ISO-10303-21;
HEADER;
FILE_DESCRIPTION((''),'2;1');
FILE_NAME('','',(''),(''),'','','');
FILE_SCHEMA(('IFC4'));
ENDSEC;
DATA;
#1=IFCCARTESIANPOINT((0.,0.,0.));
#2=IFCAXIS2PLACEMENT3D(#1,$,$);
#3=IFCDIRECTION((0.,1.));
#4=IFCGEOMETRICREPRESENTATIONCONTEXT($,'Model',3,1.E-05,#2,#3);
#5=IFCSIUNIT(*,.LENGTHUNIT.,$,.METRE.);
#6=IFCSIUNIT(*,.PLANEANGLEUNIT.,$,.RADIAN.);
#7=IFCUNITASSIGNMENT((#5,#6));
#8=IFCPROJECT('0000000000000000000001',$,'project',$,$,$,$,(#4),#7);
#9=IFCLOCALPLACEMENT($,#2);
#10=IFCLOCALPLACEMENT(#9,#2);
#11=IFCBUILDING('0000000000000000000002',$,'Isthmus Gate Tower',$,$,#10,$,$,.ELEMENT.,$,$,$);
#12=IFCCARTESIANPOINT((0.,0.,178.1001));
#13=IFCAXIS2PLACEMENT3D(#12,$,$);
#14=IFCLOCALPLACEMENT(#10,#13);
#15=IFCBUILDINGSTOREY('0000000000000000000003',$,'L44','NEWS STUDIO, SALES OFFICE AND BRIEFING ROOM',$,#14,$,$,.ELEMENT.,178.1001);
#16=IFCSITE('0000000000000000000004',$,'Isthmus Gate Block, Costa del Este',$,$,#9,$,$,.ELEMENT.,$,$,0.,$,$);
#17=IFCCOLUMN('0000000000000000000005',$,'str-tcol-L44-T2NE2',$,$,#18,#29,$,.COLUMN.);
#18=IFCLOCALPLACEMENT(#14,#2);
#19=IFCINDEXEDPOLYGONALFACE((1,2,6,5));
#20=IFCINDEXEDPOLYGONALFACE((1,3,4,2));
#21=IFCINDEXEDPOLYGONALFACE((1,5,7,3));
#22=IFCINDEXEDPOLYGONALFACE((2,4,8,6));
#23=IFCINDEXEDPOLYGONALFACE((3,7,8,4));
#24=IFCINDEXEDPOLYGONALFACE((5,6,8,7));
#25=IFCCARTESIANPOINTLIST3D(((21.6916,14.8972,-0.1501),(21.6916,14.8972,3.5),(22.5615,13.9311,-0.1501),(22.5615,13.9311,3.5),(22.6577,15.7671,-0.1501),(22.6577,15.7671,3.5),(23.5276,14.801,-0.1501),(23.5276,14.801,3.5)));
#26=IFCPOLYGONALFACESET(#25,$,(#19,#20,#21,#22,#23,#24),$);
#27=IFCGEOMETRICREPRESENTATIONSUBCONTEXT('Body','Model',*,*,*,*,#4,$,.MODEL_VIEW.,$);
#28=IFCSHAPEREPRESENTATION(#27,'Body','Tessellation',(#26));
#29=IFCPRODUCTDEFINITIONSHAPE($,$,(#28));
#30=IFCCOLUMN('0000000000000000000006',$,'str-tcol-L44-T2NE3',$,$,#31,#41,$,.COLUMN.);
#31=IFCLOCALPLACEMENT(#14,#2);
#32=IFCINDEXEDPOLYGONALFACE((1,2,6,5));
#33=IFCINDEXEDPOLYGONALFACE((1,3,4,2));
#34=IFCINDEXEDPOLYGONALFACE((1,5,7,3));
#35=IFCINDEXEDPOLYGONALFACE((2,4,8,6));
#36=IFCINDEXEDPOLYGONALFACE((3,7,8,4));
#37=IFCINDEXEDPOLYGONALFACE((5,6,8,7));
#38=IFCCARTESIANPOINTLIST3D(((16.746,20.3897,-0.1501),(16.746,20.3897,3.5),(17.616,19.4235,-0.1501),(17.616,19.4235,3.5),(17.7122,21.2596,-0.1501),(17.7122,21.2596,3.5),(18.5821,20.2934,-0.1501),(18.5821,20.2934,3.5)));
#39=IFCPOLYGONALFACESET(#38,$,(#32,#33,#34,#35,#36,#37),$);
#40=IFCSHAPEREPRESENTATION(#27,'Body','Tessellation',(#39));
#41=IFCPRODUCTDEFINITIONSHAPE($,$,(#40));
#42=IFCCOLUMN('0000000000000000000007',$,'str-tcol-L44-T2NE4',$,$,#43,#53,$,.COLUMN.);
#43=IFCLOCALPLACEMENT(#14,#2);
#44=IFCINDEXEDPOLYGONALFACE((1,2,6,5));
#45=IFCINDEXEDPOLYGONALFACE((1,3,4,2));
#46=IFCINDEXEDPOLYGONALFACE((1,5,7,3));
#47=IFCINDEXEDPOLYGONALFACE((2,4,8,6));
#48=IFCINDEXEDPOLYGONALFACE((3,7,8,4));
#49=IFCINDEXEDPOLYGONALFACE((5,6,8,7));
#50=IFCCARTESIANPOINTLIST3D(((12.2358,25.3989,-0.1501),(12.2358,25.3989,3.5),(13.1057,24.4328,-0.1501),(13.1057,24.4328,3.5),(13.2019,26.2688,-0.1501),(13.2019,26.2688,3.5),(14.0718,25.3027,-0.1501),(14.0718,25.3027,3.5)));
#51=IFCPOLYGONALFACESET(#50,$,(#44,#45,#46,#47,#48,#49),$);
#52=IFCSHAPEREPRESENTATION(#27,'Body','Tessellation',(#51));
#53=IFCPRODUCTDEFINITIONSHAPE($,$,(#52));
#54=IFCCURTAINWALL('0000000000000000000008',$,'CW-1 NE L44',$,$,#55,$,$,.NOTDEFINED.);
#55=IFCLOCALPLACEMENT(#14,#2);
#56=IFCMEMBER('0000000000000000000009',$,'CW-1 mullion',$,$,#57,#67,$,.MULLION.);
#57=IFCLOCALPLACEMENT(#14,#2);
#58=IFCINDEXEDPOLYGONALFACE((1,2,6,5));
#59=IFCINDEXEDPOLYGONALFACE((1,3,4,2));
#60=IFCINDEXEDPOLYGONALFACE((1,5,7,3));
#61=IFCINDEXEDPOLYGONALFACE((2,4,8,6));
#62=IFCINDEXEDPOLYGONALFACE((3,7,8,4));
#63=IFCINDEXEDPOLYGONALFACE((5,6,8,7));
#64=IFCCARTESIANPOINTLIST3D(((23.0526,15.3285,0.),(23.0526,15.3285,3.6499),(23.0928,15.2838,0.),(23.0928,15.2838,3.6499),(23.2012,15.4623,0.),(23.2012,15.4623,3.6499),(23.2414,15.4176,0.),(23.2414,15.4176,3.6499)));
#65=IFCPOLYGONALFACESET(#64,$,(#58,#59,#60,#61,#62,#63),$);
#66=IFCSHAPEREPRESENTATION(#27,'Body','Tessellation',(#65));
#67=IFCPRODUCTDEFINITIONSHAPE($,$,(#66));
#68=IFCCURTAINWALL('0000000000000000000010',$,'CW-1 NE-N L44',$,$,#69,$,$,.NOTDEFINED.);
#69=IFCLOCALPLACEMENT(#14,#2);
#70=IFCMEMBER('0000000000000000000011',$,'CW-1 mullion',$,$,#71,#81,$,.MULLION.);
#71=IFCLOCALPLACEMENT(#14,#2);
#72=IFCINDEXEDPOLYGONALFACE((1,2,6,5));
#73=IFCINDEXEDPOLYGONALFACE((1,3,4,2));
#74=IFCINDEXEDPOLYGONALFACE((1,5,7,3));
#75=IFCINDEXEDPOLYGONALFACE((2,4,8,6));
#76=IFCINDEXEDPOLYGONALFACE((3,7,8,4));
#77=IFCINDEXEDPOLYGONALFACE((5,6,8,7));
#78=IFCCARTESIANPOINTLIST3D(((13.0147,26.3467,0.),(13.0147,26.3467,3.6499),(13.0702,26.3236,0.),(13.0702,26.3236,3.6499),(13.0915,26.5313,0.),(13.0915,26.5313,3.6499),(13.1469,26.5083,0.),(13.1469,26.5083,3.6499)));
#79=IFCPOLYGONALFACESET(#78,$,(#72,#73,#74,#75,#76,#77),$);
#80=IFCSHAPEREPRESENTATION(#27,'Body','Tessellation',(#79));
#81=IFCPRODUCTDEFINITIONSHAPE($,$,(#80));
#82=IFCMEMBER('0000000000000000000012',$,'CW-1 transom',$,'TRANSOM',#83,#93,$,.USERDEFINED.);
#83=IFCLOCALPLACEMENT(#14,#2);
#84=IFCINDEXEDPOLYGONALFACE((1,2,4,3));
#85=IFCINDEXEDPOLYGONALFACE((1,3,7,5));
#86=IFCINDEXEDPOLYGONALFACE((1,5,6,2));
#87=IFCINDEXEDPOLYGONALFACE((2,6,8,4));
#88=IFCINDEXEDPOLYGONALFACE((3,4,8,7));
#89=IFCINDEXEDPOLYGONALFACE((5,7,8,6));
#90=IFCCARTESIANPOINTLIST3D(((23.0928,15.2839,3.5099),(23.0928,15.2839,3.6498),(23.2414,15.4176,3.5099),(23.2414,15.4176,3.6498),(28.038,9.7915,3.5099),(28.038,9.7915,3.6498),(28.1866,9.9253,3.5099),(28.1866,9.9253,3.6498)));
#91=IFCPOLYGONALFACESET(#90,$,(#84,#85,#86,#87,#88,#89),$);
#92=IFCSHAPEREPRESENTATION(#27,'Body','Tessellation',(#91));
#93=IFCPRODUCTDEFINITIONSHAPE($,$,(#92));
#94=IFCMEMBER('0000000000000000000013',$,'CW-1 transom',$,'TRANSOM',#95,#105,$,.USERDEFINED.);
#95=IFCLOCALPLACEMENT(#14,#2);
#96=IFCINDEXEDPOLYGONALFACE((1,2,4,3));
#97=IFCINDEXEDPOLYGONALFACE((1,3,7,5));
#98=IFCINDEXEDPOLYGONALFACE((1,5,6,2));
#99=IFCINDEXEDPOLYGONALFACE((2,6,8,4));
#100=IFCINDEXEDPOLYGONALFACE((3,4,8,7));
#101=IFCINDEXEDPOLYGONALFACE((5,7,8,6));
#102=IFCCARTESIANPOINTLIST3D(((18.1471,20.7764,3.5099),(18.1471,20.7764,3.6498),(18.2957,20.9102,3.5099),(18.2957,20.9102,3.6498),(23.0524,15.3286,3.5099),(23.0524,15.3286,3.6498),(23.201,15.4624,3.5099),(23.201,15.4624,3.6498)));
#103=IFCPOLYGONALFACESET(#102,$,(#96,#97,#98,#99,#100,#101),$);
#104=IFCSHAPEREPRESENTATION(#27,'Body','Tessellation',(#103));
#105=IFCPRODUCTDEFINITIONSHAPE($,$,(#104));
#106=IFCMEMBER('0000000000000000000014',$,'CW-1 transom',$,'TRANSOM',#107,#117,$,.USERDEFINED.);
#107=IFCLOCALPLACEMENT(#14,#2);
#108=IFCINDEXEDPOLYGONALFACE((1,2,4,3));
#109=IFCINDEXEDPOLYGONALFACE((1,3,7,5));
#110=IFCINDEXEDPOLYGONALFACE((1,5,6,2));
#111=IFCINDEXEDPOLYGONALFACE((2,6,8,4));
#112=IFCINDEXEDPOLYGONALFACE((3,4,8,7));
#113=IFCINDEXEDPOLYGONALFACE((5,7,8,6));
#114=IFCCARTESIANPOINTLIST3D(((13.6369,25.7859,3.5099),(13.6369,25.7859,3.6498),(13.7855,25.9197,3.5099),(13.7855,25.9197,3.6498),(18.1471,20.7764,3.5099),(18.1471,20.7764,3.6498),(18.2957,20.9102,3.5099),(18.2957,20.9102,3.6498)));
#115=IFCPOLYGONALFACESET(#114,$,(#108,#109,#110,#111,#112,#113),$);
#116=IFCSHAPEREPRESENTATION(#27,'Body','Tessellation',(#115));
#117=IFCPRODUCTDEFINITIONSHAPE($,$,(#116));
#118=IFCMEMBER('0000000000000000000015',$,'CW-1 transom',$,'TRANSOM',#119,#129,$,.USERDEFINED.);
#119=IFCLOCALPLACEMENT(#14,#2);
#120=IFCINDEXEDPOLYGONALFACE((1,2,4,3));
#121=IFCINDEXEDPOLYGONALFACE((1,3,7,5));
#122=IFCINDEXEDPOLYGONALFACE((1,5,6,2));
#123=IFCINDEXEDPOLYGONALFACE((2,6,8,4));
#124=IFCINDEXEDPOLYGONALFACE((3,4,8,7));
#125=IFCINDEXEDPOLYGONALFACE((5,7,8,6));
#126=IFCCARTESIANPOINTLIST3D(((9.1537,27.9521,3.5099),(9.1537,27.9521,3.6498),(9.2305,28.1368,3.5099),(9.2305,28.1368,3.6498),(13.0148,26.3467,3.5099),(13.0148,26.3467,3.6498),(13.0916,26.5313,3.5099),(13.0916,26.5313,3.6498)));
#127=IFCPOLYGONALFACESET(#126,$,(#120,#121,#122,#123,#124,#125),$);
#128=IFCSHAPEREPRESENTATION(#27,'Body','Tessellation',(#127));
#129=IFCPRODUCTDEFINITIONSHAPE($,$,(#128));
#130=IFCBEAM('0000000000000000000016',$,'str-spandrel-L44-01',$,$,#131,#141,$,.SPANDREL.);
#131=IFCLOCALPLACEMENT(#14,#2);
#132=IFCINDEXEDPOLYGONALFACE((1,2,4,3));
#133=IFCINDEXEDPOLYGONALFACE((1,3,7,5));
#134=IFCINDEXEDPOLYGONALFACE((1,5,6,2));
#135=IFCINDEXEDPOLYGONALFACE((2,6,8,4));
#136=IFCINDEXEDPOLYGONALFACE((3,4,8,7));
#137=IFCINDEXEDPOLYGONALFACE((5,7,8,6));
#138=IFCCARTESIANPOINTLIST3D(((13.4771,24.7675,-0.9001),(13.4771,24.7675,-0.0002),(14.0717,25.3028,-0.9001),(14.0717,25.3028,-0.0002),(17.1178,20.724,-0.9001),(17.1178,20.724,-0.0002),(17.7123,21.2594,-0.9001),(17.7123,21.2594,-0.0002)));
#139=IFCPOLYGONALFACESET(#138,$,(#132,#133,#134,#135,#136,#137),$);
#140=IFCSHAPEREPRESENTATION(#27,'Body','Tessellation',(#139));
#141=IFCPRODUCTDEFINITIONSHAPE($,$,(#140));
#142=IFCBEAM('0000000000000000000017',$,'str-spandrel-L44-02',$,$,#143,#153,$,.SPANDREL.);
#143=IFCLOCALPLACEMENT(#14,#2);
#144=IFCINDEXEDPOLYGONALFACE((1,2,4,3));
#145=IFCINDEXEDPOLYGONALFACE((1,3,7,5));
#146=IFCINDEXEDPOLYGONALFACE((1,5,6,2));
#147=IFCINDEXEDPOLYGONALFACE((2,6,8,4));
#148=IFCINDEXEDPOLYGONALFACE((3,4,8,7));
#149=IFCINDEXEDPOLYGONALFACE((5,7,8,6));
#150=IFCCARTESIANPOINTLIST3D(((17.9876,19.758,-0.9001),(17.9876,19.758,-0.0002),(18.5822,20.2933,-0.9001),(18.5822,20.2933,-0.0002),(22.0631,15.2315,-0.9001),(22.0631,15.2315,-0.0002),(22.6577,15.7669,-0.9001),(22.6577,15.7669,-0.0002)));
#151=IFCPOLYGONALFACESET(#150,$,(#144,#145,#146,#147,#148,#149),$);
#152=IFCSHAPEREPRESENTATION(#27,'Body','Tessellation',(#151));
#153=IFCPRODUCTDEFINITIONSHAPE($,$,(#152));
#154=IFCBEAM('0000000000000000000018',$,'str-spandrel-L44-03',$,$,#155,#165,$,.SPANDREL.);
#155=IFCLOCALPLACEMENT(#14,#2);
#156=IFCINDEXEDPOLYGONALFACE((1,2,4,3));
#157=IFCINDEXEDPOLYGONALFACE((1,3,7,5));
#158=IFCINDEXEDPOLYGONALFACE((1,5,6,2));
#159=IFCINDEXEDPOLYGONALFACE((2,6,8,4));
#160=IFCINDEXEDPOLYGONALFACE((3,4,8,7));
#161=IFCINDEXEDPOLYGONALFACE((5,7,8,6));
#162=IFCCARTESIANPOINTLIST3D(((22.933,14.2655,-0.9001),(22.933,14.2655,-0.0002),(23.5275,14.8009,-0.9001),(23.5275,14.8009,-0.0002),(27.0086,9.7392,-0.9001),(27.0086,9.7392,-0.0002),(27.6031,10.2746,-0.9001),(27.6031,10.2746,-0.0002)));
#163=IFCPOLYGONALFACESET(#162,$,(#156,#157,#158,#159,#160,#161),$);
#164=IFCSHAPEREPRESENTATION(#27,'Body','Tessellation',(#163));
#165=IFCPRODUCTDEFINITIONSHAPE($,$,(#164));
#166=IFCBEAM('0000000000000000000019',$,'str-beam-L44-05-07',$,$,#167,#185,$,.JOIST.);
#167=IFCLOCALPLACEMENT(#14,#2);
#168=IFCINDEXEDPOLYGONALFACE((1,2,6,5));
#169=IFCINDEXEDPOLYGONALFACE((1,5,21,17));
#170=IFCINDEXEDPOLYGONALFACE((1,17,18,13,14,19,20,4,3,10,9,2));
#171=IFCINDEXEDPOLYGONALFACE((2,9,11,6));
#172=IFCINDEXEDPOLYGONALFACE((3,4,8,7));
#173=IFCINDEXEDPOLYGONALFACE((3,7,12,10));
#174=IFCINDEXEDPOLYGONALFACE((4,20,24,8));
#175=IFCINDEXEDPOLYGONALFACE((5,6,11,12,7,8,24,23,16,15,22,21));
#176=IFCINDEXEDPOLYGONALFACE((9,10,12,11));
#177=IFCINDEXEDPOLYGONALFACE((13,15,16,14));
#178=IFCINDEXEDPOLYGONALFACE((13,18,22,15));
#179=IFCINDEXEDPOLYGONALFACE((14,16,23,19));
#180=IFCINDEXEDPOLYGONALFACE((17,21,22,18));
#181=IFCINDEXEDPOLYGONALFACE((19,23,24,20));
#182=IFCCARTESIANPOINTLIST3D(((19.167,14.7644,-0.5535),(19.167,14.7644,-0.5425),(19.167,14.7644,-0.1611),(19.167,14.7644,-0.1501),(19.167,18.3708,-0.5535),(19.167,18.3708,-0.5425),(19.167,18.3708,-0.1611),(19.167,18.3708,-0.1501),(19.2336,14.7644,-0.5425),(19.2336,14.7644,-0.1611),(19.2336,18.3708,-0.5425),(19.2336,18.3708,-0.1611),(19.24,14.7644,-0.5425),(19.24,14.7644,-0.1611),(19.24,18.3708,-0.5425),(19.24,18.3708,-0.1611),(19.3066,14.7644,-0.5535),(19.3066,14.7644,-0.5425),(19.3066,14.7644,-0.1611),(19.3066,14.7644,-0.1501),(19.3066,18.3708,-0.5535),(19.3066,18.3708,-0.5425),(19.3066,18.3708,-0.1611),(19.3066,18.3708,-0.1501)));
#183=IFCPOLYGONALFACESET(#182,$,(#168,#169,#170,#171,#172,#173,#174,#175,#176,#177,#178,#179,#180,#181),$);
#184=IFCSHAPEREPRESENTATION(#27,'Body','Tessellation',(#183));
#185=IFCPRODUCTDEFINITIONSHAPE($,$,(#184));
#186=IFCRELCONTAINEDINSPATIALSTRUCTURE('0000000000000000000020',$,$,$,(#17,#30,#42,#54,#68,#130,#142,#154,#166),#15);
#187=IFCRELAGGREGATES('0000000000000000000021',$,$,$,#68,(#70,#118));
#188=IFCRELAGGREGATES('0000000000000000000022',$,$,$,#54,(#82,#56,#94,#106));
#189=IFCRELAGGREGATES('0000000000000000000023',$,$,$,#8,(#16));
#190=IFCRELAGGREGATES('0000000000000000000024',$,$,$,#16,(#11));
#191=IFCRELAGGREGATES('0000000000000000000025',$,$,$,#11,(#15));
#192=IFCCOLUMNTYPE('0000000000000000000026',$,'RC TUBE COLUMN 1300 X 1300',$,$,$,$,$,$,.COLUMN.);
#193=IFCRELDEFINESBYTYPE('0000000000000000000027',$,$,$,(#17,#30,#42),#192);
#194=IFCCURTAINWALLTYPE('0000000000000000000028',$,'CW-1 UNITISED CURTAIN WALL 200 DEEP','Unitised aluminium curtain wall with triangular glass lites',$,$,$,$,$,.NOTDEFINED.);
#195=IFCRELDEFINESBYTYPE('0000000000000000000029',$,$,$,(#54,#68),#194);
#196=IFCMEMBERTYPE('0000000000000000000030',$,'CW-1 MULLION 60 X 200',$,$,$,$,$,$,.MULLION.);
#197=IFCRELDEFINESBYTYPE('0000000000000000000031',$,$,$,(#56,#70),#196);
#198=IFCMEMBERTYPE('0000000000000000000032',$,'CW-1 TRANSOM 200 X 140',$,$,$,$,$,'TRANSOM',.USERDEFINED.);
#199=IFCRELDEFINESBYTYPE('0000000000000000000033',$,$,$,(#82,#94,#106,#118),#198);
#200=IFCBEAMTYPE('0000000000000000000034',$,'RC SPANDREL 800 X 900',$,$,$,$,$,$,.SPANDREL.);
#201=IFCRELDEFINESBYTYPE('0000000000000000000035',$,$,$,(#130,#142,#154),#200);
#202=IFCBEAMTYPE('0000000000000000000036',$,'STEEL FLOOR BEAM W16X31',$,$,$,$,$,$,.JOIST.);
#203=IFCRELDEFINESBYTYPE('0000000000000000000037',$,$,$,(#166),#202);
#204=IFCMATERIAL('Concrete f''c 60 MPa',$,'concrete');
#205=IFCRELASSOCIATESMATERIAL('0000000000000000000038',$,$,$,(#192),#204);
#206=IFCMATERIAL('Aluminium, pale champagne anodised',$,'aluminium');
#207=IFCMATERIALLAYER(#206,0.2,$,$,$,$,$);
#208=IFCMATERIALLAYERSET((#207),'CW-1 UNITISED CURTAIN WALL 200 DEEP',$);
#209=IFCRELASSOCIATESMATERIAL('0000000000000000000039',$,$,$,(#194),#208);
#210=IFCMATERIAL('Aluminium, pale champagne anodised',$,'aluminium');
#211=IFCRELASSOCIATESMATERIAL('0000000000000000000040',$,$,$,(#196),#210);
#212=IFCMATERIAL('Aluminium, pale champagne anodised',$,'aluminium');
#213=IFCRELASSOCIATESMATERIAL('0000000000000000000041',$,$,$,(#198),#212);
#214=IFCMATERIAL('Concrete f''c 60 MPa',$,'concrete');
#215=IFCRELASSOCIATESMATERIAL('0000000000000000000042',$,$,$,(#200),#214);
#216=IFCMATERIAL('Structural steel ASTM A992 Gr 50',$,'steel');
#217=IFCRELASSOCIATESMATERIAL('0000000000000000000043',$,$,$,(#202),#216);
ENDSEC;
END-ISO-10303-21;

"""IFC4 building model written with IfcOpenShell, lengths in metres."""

from ifc_helpers import new_model, si_unit, direction, frame, origin, origin_2d, place, context, subcontext, project, spatial, rectangle, i_section, extrude, material, layer, layer_set, material_profile, profile_set, type_object, element, aggregate, save


model = new_model("IFC4")

# Units and contexts
model_context = context("Model", 3, precision=1e-05, world=origin(), true_north=direction((0.0, 1.0)))
body_context = subcontext(model_context, "Body", "Model", "MODEL_VIEW")
ifc_project = project(units=[si_unit("LENGTHUNIT", "METRE"), si_unit("PLANEANGLEUNIT", "RADIAN")], contexts=[model_context])

# Site, building, storey
site_placement = place(None, origin())
site = spatial("IfcSite", under=ifc_project, at=site_placement, Name="Isthmus Gate Block, Costa del Este", CompositionType="ELEMENT", RefElevation=0.0)
building_placement = place(site_placement, origin())
building = spatial("IfcBuilding", under=site, at=building_placement, Name="Isthmus Gate Tower", CompositionType="ELEMENT")
storey_placement = place(building_placement, frame((0.0, 0.0, 178.1001)))
storey = spatial("IfcBuildingStorey", under=building, at=storey_placement, Name="L44", Description="NEWS STUDIO, SALES OFFICE AND BRIEFING ROOM", CompositionType="ELEMENT", Elevation=178.1001)

# Columns
ifc_material_1 = material(Name="Concrete f'c 60 MPa", Category="concrete")
ifc_material_profile_1 = material_profile(ifc_material_1, rectangle(XDim=1.3, YDim=1.3, at=origin_2d()), Name="RC 1300X1300")
ifc_profile_set_1 = profile_set([ifc_material_profile_1], Name="Concrete f'c 60 MPa")
column_type = type_object("IfcColumnType", Name="RC TUBE COLUMN 1300 X 1300", PredefinedType="COLUMN", material=ifc_profile_set_1)
for number, where, z_axis, x_axis, name in (
    (1, (22.6096, 14.8491, -0.1501), (0.0, 0.0, 1.0), (-0.669131, 0.743145, 0.0), "str-tcol-L44-T2NE2"),
    (2, (17.6641, 20.3416, -0.1501), (0.0, 0.0, 1.0), (-0.669131, 0.743145, 0.0), "str-tcol-L44-T2NE3"),
    (3, (13.1538, 25.3508, -0.1501), (0.0, 0.0, 1.0), (-0.669131, 0.743145, 0.0), "str-tcol-L44-T2NE4"),
):
    element("IfcColumn", number, at=place(storey_placement, frame(where, z_axis=z_axis, x_axis=x_axis)), inside=storey, type_object=column_type, Name=name, PredefinedType="COLUMN", context=body_context, shape_type="SweptSolid", body=[
        extrude(rectangle(XDim=1.3, YDim=1.3, at=origin_2d()), origin(), (0.0, 0.0, 1.0), 3.6501),
    ])

# Curtain walls, members
ifc_material_2 = material(Name="Aluminium, pale champagne anodised", Category="aluminium")
ifc_layer_1 = layer(ifc_material_2, 0.2)
ifc_layer_set_1 = layer_set([ifc_layer_1], Name="CW-1 UNITISED CURTAIN WALL 200 DEEP")
curtain_wall_type = type_object("IfcCurtainWallType", Name="CW-1 UNITISED CURTAIN WALL 200 DEEP", Description="Unitised aluminium curtain wall with triangular glass lites", PredefinedType="NOTDEFINED", material=ifc_layer_set_1)
curtain_wall_1_placement = place(storey_placement, origin())
curtain_wall_1 = element("IfcCurtainWall", 4, at=curtain_wall_1_placement, inside=storey, type_object=curtain_wall_type, Name="CW-1 NE L44", PredefinedType="NOTDEFINED")
ifc_material_3 = material(Name="Aluminium, pale champagne anodised", Category="aluminium")
ifc_material_profile_2 = material_profile(ifc_material_3, rectangle(XDim=0.0601, YDim=0.2, at=origin_2d()), Name="60x200")
ifc_profile_set_2 = profile_set([ifc_material_profile_2], Name="Aluminium, pale champagne anodised")
member_type_1 = type_object("IfcMemberType", Name="CW-1 MULLION 60 X 200", PredefinedType="MULLION", material=ifc_profile_set_2)
member_1_placement = place(storey_placement, frame((23.147, 15.373, 0.0), z_axis=(0.0, 0.0, 1.0), x_axis=(-0.669131, 0.743145, 0.0)))
member_1 = element("IfcMember", 5, at=member_1_placement, type_object=member_type_1, Name="CW-1 mullion", PredefinedType="MULLION", context=body_context, shape_type="SweptSolid", body=[
    extrude(rectangle(XDim=0.0601, YDim=0.2, at=origin_2d()), origin(), (0.0, 0.0, 1.0), 3.6499),
])
curtain_wall_2_placement = place(storey_placement, origin())
curtain_wall_2 = element("IfcCurtainWall", 6, at=curtain_wall_2_placement, inside=storey, type_object=curtain_wall_type, Name="CW-1 NE-N L44", PredefinedType="NOTDEFINED")
member_2_placement = place(storey_placement, frame((13.0808, 26.4275, 0.0), z_axis=(0.0, 0.0, 1.0), x_axis=(-0.923353, 0.383952, 0.0)))
member_2 = element("IfcMember", 7, at=member_2_placement, type_object=member_type_1, Name="CW-1 mullion", PredefinedType="MULLION", context=body_context, shape_type="SweptSolid", body=[
    extrude(rectangle(XDim=0.0601, YDim=0.2, at=origin_2d()), origin(), (0.0, 0.0, 1.0), 3.6499),
])

# Members
ifc_material_4 = material(Name="Aluminium, pale champagne anodised", Category="aluminium")
ifc_material_profile_3 = material_profile(ifc_material_4, rectangle(XDim=0.2, YDim=0.1399, at=origin_2d()), Name="200x140")
ifc_profile_set_3 = profile_set([ifc_material_profile_3], Name="Aluminium, pale champagne anodised")
member_type_2 = type_object("IfcMemberType", Name="CW-1 TRANSOM 200 X 140", ElementType="TRANSOM", PredefinedType="USERDEFINED", material=ifc_profile_set_3)
member_3_placement = place(storey_placement, frame((28.1123, 9.8584, 3.5798), z_axis=(-0.669123, 0.743151, 0.0), x_axis=(-0.743151, -0.669123, 0.0)))
member_3 = element("IfcMember", 8, at=member_3_placement, type_object=member_type_2, Name="CW-1 transom", ObjectType="TRANSOM", PredefinedType="USERDEFINED", context=body_context, shape_type="SweptSolid", body=[
    extrude(rectangle(XDim=0.2, YDim=0.1399, at=origin_2d()), origin(), (0.0, 0.0, 1.0), 7.3906),
])
member_4_placement = place(storey_placement, frame((23.1267, 15.3955, 3.5798), z_axis=(-0.669138, 0.743138, 0.0), x_axis=(-0.743138, -0.669138, 0.0)))
member_4 = element("IfcMember", 9, at=member_4_placement, type_object=member_type_2, Name="CW-1 transom", ObjectType="TRANSOM", PredefinedType="USERDEFINED", context=body_context, shape_type="SweptSolid", body=[
    extrude(rectangle(XDim=0.2, YDim=0.1399, at=origin_2d()), origin(), (0.0, 0.0, 1.0), 7.3308),
])
member_5_placement = place(storey_placement, frame((18.2214, 20.8433, 3.5798), z_axis=(-0.669103, 0.74317, 0.0), x_axis=(-0.74317, -0.669103, 0.0)))
member_5 = element("IfcMember", 10, at=member_5_placement, type_object=member_type_2, Name="CW-1 transom", ObjectType="TRANSOM", PredefinedType="USERDEFINED", context=body_context, shape_type="SweptSolid", body=[
    extrude(rectangle(XDim=0.2, YDim=0.1399, at=origin_2d()), origin(), (0.0, 0.0, 1.0), 6.7407),
])
member_6_placement = place(storey_placement, frame((13.0532, 26.439, 3.5798), z_axis=(-0.923358, 0.38394, 0.0), x_axis=(-0.38394, -0.923358, 0.0)))
member_6 = element("IfcMember", 11, at=member_6_placement, type_object=member_type_2, Name="CW-1 transom", ObjectType="TRANSOM", PredefinedType="USERDEFINED", context=body_context, shape_type="SweptSolid", body=[
    extrude(rectangle(XDim=0.2, YDim=0.1399, at=origin_2d()), origin(), (0.0, 0.0, 1.0), 4.1816),
])
aggregate(curtain_wall_2, [member_2, member_6])

# Beams
ifc_material_5 = material(Name="Concrete f'c 60 MPa", Category="concrete")
ifc_material_profile_4 = material_profile(ifc_material_5, rectangle(XDim=0.8, YDim=0.8999, at=origin_2d()), Name="RC 800X900")
ifc_profile_set_4 = profile_set([ifc_material_profile_4], Name="Concrete f'c 60 MPa")
beam_type_1 = type_object("IfcBeamType", Name="RC SPANDREL 800 X 900", PredefinedType="SPANDREL", material=ifc_profile_set_4)
beam_1_placement = place(storey_placement, frame((13.7744, 25.0352, -0.4502), z_axis=(0.669118, -0.743156, 0.0), x_axis=(0.743156, 0.669118, 0.0)))
element("IfcBeam", 12, at=beam_1_placement, inside=storey, type_object=beam_type_1, Name="str-spandrel-L44-01", PredefinedType="SPANDREL", context=body_context, shape_type="SweptSolid", body=[
    extrude(rectangle(XDim=0.8, YDim=0.8999, at=origin_2d()), origin(), (0.0, 0.0, 1.0), 5.4409),
])
for number, where, z_axis, x_axis, name in (
    (13, (18.2849, 20.0256, -0.4502), (0.66912, -0.743155, 0.0), (0.743155, 0.66912, 0.0), "str-spandrel-L44-02"),
    (14, (23.2302, 14.5332, -0.4502), (0.669142, -0.743135, 0.0), (0.743135, 0.669142, 0.0), "str-spandrel-L44-03"),
):
    element("IfcBeam", number, at=place(storey_placement, frame(where, z_axis=z_axis, x_axis=x_axis)), inside=storey, type_object=beam_type_1, Name=name, PredefinedType="SPANDREL", context=body_context, shape_type="SweptSolid", body=[
        extrude(rectangle(XDim=0.8, YDim=0.8999, at=origin_2d()), origin(), (0.0, 0.0, 1.0), 6.0908),
    ])
ifc_material_6 = material(Name="Structural steel ASTM A992 Gr 50", Category="steel")
ifc_material_profile_5 = material_profile(ifc_material_6, i_section(OverallWidth=0.1396, OverallDepth=0.4033, WebThickness=0.0063, FlangeThickness=0.011, at=origin_2d()), Name="W16X31")
ifc_profile_set_5 = profile_set([ifc_material_profile_5], Name="Structural steel ASTM A992 Gr 50")
beam_type_2 = type_object("IfcBeamType", Name="STEEL FLOOR BEAM W16X31", PredefinedType="JOIST", material=ifc_profile_set_5)
beam_2_placement = place(storey_placement, frame((19.2368, 14.7644, -0.3518), z_axis=(0.0, 1.0, 0.0), x_axis=(-1.0, 0.0, 0.0)))
element("IfcBeam", 15, at=beam_2_placement, inside=storey, type_object=beam_type_2, Name="str-beam-L44-05-07", PredefinedType="JOIST", context=body_context, shape_type="SweptSolid", body=[
    extrude(i_section(OverallWidth=0.1396, OverallDepth=0.4033, WebThickness=0.0063, FlangeThickness=0.011, at=origin_2d()), origin(), (0.0, 0.0, 1.0), 3.6064),
])

aggregate(curtain_wall_1, [member_3, member_1, member_4, member_5])

save(model, "model.ifc")
